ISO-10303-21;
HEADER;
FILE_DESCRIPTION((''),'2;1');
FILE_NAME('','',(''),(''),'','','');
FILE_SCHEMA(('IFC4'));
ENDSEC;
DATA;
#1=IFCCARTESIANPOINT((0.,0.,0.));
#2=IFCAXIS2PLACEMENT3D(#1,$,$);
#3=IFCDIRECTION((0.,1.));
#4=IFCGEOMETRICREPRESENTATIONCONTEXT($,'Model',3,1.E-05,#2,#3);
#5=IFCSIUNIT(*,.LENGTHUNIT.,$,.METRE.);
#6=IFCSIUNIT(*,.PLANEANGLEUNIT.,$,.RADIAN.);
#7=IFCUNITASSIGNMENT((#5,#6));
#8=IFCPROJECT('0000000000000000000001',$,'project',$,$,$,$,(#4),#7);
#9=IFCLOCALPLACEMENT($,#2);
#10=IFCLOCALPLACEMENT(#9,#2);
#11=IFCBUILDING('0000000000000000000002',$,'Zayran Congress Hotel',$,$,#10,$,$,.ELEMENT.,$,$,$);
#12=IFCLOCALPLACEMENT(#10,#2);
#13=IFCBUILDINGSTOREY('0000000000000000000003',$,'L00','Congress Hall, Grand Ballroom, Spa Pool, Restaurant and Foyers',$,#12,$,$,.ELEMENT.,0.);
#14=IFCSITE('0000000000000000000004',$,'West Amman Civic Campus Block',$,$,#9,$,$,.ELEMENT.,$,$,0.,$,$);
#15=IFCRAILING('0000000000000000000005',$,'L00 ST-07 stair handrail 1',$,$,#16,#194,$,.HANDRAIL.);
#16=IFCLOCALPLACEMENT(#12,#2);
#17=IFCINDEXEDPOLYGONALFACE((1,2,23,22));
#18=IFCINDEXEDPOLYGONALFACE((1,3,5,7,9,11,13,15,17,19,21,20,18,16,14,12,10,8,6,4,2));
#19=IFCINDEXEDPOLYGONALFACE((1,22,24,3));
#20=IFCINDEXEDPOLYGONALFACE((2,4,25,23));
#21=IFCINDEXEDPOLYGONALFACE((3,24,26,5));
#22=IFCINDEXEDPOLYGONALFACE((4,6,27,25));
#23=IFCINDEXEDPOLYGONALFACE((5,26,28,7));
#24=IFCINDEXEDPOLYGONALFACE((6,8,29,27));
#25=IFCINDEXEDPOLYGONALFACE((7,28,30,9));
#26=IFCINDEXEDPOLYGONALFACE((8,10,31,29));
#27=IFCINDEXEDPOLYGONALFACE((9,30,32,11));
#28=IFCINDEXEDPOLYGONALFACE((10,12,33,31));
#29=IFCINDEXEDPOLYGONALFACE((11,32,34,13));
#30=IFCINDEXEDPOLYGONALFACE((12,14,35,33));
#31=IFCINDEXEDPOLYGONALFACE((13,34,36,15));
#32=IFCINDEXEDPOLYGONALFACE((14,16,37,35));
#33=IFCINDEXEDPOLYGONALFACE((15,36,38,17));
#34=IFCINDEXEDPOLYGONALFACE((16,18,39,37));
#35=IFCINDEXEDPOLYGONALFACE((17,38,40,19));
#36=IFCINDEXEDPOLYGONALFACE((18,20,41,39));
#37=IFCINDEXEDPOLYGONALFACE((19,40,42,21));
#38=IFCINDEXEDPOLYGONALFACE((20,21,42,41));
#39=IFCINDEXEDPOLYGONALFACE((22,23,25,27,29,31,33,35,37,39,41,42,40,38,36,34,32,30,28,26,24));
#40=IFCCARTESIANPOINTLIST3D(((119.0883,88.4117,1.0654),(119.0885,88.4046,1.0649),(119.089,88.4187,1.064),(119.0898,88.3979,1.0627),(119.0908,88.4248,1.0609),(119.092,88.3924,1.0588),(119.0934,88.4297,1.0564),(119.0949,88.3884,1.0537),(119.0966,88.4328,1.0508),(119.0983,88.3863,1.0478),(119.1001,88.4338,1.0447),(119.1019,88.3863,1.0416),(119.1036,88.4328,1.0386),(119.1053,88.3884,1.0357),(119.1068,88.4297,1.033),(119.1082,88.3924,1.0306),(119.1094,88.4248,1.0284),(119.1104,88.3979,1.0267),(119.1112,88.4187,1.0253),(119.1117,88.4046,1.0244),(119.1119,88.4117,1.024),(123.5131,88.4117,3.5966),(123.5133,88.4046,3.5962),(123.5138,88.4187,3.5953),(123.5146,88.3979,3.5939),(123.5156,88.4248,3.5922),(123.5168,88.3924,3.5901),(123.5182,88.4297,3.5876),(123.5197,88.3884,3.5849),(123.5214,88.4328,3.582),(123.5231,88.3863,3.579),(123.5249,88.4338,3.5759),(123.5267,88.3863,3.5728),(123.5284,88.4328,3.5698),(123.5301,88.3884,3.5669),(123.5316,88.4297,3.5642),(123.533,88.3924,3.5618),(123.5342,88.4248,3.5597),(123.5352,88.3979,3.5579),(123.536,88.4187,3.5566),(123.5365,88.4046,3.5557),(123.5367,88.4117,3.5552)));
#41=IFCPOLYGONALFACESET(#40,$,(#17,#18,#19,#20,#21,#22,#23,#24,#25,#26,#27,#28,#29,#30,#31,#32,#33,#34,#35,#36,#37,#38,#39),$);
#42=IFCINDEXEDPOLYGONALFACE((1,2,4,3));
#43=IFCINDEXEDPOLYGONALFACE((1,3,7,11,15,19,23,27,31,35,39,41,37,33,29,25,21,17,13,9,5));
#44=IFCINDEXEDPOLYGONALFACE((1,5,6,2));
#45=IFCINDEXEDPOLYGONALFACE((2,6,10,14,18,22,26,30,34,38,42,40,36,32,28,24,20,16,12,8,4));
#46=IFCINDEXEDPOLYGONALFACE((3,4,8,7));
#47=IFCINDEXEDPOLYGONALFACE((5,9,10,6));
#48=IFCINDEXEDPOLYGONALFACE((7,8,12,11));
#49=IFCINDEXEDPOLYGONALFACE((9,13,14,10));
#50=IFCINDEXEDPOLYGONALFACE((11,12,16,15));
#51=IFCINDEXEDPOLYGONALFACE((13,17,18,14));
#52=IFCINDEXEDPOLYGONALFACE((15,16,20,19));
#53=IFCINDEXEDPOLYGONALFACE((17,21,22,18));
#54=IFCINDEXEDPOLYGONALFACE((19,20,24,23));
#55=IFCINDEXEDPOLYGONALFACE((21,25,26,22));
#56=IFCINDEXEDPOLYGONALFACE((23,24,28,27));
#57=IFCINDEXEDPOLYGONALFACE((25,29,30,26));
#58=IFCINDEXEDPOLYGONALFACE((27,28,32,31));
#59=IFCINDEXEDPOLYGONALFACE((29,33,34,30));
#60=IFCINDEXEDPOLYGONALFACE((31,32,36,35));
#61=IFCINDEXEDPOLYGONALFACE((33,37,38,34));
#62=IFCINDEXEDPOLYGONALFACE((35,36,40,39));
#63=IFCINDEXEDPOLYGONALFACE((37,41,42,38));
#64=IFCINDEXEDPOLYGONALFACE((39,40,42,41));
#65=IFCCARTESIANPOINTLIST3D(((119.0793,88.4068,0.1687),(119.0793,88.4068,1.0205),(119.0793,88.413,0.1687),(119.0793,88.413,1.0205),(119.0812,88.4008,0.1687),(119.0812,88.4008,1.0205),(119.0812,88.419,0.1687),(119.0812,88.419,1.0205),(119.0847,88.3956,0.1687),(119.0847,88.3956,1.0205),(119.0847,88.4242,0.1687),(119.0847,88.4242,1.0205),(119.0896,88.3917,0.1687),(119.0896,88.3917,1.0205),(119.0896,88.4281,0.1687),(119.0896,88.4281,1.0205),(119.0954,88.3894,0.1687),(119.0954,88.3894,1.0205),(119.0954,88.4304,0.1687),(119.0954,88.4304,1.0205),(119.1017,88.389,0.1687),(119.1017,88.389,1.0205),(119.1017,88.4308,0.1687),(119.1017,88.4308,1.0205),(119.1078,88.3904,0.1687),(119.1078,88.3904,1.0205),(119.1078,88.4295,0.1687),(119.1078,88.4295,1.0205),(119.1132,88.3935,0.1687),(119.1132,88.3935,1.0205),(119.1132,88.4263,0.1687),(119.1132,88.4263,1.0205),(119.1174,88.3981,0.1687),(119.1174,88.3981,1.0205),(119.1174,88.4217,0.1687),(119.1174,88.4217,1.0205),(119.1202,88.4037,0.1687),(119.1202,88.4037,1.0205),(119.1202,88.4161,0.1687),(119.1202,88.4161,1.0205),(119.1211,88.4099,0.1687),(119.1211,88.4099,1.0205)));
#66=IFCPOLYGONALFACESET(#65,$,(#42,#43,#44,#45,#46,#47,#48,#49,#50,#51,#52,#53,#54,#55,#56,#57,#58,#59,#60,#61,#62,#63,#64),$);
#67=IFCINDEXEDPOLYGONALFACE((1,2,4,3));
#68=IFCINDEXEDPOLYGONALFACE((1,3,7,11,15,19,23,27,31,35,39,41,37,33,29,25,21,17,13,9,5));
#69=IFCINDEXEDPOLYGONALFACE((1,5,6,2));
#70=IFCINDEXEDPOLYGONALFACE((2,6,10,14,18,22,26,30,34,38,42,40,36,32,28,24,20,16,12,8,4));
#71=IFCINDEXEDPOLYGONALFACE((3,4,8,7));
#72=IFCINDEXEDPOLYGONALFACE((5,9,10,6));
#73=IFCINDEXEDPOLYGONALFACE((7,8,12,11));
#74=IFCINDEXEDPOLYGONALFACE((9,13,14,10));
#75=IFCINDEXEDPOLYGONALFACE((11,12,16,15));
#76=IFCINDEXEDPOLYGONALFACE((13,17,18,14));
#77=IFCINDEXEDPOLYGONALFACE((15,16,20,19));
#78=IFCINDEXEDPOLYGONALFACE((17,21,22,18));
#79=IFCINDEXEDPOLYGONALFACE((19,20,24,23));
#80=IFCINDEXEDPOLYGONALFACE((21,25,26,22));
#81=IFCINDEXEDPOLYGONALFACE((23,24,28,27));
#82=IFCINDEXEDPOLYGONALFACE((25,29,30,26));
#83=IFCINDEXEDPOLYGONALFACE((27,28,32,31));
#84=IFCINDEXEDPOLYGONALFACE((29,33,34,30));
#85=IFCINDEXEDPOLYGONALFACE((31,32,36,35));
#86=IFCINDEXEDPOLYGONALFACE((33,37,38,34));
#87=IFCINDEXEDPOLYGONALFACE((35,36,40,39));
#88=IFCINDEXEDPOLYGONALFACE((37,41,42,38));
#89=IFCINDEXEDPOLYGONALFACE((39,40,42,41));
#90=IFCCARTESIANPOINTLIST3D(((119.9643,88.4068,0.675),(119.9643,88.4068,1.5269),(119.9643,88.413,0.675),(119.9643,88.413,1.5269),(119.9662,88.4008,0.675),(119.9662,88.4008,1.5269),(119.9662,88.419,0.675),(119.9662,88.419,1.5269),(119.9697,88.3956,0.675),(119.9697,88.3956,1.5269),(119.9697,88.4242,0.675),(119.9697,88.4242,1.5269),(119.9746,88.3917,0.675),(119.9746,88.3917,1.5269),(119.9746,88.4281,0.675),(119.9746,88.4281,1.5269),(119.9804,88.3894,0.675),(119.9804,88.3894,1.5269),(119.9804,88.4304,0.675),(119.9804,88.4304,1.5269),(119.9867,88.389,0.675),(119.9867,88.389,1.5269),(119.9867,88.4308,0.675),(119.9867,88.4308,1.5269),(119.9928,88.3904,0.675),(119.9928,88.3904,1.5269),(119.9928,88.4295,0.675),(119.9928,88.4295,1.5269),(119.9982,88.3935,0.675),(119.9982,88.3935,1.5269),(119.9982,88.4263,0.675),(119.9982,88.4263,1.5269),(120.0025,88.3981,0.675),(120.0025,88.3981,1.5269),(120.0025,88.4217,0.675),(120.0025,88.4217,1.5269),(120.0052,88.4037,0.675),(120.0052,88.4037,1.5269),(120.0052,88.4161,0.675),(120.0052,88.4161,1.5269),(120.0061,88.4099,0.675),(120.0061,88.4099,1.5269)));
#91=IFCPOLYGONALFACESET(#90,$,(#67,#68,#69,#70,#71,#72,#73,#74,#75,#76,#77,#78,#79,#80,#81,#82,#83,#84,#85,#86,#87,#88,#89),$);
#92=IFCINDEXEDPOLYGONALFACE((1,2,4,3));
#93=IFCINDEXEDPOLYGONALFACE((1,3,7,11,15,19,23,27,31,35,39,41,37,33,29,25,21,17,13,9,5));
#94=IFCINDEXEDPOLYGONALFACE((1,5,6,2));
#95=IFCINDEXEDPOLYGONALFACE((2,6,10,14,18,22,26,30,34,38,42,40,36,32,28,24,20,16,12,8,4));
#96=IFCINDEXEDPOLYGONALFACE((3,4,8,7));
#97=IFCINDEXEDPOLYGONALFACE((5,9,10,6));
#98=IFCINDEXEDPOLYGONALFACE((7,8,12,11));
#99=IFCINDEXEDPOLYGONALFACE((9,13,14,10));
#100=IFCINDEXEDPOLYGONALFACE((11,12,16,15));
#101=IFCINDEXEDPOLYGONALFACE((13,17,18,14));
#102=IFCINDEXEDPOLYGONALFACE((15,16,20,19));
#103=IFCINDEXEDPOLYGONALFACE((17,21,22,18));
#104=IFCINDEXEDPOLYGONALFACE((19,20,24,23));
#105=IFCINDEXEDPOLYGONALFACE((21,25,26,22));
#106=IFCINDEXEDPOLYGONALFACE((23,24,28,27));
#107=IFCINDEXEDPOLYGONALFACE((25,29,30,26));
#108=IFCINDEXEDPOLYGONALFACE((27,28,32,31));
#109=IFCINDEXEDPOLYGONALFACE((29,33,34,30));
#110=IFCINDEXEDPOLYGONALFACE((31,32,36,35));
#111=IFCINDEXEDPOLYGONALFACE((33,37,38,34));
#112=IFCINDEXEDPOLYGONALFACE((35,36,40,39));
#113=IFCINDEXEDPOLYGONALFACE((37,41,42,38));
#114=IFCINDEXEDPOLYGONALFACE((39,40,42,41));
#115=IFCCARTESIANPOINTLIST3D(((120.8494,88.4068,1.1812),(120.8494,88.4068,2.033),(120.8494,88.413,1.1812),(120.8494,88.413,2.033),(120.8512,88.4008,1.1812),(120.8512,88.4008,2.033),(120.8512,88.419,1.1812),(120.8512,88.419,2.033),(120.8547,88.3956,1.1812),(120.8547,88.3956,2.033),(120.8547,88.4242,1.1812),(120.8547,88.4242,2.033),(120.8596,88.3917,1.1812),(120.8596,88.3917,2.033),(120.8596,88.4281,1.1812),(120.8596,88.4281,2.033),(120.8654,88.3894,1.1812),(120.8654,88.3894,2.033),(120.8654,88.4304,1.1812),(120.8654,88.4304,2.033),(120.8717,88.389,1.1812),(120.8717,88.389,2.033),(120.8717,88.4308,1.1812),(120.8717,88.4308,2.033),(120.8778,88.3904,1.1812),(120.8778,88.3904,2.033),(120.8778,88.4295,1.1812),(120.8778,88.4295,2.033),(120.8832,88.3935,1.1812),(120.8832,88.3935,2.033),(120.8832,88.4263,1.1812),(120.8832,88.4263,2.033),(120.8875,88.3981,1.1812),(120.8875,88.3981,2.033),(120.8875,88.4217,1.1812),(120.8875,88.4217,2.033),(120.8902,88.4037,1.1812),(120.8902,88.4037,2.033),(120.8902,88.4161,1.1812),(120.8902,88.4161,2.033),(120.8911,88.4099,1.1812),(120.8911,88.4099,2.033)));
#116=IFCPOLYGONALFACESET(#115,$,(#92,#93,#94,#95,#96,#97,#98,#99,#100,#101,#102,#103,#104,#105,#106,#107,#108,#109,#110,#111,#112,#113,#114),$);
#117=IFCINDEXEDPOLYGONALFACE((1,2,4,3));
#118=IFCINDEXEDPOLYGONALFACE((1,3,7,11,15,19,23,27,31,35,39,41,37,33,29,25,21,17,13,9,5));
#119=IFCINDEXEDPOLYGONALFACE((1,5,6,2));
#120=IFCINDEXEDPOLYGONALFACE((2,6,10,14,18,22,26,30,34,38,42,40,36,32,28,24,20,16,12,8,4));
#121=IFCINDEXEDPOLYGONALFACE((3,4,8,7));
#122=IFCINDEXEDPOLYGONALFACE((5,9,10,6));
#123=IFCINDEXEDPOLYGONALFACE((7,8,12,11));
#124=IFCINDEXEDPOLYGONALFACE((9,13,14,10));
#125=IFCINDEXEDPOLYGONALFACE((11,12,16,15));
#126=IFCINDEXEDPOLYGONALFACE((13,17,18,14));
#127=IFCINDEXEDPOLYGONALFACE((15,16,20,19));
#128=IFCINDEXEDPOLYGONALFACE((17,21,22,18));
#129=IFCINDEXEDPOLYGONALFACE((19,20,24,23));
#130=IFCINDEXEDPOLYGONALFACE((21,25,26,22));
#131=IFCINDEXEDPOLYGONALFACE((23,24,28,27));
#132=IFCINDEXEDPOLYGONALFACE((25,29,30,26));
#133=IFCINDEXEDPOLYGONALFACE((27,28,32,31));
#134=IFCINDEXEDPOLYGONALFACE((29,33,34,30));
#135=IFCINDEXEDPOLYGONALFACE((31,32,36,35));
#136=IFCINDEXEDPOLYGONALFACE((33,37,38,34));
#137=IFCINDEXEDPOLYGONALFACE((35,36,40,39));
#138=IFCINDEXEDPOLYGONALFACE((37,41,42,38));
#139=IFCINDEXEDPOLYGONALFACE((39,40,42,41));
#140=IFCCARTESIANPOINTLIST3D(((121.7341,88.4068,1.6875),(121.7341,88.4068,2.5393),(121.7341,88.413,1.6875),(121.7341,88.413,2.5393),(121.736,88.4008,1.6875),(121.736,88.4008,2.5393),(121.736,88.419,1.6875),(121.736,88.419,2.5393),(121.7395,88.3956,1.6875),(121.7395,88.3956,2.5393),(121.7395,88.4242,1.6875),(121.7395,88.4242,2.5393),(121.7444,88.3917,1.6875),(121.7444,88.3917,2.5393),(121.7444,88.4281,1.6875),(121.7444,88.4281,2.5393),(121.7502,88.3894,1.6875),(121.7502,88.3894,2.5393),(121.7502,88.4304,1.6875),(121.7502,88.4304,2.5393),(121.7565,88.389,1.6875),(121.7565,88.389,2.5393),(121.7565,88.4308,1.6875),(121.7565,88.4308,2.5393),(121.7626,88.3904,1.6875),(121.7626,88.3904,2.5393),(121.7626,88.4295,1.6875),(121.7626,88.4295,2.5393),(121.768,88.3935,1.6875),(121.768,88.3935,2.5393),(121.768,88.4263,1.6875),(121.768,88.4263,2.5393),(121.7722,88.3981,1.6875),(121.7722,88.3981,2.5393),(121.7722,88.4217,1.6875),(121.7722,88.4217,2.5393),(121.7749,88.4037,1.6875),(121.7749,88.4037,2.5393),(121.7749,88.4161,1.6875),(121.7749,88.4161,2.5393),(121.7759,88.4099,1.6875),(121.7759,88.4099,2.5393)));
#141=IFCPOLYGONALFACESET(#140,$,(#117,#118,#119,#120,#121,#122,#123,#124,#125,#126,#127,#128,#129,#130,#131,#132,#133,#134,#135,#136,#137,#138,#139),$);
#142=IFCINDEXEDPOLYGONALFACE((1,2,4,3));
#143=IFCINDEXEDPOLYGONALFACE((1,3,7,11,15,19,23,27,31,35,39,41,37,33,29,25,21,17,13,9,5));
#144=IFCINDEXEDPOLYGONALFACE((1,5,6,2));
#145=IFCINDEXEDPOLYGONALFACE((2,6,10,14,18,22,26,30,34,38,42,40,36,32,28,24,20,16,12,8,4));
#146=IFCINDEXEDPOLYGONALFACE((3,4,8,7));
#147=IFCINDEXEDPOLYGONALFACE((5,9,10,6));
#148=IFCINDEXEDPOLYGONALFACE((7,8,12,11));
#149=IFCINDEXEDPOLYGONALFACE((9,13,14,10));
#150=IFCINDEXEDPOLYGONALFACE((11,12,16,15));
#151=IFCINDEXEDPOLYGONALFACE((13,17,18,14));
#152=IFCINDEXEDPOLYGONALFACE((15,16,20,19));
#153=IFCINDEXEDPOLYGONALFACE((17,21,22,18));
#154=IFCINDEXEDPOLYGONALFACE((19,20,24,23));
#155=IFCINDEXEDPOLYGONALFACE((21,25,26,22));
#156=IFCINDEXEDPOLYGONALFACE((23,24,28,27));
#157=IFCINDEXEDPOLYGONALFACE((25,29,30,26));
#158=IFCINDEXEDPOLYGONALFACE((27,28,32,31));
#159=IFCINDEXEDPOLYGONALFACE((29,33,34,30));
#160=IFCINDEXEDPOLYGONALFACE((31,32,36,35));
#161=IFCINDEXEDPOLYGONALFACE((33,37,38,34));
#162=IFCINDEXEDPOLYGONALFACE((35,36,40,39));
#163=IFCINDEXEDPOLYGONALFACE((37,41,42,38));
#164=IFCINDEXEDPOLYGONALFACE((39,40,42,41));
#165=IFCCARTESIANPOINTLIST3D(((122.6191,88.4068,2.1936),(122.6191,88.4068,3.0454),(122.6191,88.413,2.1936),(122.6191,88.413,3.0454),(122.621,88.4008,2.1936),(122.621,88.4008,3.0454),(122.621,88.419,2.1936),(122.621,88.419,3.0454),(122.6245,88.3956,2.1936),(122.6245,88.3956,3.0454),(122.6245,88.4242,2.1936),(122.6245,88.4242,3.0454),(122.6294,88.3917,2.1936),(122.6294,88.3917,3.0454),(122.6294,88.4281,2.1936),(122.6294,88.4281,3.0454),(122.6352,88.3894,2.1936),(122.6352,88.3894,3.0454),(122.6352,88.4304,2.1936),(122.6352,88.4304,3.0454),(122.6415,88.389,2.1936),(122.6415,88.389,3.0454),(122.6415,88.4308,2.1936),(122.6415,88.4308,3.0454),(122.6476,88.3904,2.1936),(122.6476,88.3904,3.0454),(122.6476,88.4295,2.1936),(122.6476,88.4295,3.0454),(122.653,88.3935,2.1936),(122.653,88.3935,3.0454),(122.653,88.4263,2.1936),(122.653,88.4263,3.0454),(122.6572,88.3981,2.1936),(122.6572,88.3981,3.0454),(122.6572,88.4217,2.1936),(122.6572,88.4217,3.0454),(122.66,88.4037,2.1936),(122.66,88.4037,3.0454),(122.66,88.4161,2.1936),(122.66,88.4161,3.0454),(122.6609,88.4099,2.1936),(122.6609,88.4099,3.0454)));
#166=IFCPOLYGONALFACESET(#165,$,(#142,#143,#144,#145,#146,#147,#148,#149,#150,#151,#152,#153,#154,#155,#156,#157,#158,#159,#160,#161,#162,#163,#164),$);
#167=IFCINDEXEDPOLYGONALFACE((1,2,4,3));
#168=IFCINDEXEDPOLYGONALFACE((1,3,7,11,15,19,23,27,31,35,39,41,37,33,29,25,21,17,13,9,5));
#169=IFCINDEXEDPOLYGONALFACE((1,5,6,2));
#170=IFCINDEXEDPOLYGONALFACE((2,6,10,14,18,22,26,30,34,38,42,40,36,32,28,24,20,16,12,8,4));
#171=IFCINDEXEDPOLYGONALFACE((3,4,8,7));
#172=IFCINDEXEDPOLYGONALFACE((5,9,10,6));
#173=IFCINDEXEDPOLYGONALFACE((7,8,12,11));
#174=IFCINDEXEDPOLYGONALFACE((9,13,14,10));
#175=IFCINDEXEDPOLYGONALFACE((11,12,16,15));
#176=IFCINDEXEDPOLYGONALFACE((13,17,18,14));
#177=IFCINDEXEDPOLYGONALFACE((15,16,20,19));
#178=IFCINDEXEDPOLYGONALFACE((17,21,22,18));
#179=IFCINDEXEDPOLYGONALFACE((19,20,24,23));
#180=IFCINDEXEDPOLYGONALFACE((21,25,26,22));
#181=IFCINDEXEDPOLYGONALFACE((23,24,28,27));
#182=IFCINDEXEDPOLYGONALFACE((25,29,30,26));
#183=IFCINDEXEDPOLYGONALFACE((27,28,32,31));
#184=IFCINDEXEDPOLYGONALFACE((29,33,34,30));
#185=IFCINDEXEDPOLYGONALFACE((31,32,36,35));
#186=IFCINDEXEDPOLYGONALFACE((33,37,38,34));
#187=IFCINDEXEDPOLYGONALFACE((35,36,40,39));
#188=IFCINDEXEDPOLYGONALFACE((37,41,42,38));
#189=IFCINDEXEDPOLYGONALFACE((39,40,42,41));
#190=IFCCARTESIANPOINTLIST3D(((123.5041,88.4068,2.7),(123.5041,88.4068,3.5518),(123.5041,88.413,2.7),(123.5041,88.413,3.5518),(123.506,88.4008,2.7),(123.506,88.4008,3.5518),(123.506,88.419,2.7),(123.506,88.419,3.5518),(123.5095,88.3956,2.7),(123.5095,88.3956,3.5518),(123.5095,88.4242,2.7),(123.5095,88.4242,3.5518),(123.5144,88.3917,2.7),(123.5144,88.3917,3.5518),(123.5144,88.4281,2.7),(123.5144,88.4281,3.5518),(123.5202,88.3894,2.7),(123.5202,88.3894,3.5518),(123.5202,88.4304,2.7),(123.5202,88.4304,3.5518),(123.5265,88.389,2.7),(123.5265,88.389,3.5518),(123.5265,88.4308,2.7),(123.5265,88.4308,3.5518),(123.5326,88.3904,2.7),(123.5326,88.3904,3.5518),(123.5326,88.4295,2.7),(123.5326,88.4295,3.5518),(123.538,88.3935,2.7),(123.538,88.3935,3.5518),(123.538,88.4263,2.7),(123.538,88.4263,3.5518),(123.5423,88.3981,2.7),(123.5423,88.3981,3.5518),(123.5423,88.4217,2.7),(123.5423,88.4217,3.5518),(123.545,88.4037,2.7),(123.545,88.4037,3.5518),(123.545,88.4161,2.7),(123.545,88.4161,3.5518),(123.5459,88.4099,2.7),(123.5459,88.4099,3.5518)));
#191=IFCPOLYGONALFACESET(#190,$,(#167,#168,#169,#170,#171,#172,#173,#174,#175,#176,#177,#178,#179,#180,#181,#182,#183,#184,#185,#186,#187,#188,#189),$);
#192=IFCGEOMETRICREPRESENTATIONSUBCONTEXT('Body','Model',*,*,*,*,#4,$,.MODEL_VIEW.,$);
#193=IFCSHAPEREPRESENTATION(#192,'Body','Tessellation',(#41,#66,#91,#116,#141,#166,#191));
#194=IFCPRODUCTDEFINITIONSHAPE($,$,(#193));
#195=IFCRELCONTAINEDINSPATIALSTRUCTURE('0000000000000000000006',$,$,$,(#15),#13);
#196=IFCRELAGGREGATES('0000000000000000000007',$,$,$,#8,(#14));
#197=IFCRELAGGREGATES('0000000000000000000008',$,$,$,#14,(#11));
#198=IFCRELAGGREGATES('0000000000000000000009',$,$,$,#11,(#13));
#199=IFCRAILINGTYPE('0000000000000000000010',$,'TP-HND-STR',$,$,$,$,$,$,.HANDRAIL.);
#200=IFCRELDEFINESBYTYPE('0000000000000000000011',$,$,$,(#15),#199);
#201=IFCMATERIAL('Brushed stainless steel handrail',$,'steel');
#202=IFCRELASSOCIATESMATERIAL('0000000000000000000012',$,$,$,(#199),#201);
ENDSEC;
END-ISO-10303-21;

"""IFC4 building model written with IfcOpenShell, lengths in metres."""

from ifc_helpers import new_model, si_unit, direction, frame, origin, origin_2d, place, context, subcontext, project, spatial, circle, extrude, material, type_object, element, save


model = new_model("IFC4")

# Units and contexts
model_context = context("Model", 3, precision=1e-05, world=origin(), true_north=direction((0.0, 1.0)))
body_context = subcontext(model_context, "Body", "Model", "MODEL_VIEW")
ifc_project = project(units=[si_unit("LENGTHUNIT", "METRE"), si_unit("PLANEANGLEUNIT", "RADIAN")], contexts=[model_context])

# Site, building, storey
site_placement = place(None, origin())
site = spatial("IfcSite", under=ifc_project, at=site_placement, Name="West Amman Civic Campus Block", CompositionType="ELEMENT", RefElevation=0.0)
building_placement = place(site_placement, origin())
building = spatial("IfcBuilding", under=site, at=building_placement, Name="Zayran Congress Hotel", CompositionType="ELEMENT")
storey_placement = place(building_placement, origin())
storey = spatial("IfcBuildingStorey", under=building, at=storey_placement, Name="L00", Description="Congress Hall, Grand Ballroom, Spa Pool, Restaurant and Foyers", CompositionType="ELEMENT", Elevation=0.0)

# Railing
ifc_material_1 = material(Name="Brushed stainless steel handrail", Category="steel")
railing_type_1 = type_object("IfcRailingType", Name="TP-HND-STR", PredefinedType="HANDRAIL", material=ifc_material_1)
railing_1_placement = place(storey_placement, frame((119.1001, 88.4099, 0.1687)))
element("IfcRailing", 1, at=railing_1_placement, inside=storey, type_object=railing_type_1, Name="L00 ST-07 stair handrail 1", PredefinedType="HANDRAIL", context=body_context, shape_type="SweptSolid", body=[
    extrude(circle(Radius=0.0239, at=origin_2d()), frame((0.0, 0.0, 0.876), z_axis=(0.868007, 0.0, 0.496551), x_axis=(0.0, 1.0, 0.0)), (0.0, 0.0, 1.0), 5.0977),
    extrude(circle(Radius=0.021, at=origin_2d()), origin(), (0.0, 0.0, 1.0), 0.8518),
    extrude(circle(Radius=0.021, at=origin_2d()), frame((0.885, 0.0, 0.5063)), (0.0, 0.0, 1.0), 0.8518),
    extrude(circle(Radius=0.021, at=origin_2d()), frame((1.77, 0.0, 1.0125)), (0.0, 0.0, 1.0), 0.8518),
    extrude(circle(Radius=0.021, at=origin_2d()), frame((2.6548, 0.0, 1.5188)), (0.0, 0.0, 1.0), 0.8518),
    extrude(circle(Radius=0.021, at=origin_2d()), frame((3.5398, 0.0, 2.0249)), (0.0, 0.0, 1.0), 0.8518),
    extrude(circle(Radius=0.021, at=origin_2d()), frame((4.4248, 0.0, 2.5312)), (0.0, 0.0, 1.0), 0.8518),
])

save(model, "model.ifc")
